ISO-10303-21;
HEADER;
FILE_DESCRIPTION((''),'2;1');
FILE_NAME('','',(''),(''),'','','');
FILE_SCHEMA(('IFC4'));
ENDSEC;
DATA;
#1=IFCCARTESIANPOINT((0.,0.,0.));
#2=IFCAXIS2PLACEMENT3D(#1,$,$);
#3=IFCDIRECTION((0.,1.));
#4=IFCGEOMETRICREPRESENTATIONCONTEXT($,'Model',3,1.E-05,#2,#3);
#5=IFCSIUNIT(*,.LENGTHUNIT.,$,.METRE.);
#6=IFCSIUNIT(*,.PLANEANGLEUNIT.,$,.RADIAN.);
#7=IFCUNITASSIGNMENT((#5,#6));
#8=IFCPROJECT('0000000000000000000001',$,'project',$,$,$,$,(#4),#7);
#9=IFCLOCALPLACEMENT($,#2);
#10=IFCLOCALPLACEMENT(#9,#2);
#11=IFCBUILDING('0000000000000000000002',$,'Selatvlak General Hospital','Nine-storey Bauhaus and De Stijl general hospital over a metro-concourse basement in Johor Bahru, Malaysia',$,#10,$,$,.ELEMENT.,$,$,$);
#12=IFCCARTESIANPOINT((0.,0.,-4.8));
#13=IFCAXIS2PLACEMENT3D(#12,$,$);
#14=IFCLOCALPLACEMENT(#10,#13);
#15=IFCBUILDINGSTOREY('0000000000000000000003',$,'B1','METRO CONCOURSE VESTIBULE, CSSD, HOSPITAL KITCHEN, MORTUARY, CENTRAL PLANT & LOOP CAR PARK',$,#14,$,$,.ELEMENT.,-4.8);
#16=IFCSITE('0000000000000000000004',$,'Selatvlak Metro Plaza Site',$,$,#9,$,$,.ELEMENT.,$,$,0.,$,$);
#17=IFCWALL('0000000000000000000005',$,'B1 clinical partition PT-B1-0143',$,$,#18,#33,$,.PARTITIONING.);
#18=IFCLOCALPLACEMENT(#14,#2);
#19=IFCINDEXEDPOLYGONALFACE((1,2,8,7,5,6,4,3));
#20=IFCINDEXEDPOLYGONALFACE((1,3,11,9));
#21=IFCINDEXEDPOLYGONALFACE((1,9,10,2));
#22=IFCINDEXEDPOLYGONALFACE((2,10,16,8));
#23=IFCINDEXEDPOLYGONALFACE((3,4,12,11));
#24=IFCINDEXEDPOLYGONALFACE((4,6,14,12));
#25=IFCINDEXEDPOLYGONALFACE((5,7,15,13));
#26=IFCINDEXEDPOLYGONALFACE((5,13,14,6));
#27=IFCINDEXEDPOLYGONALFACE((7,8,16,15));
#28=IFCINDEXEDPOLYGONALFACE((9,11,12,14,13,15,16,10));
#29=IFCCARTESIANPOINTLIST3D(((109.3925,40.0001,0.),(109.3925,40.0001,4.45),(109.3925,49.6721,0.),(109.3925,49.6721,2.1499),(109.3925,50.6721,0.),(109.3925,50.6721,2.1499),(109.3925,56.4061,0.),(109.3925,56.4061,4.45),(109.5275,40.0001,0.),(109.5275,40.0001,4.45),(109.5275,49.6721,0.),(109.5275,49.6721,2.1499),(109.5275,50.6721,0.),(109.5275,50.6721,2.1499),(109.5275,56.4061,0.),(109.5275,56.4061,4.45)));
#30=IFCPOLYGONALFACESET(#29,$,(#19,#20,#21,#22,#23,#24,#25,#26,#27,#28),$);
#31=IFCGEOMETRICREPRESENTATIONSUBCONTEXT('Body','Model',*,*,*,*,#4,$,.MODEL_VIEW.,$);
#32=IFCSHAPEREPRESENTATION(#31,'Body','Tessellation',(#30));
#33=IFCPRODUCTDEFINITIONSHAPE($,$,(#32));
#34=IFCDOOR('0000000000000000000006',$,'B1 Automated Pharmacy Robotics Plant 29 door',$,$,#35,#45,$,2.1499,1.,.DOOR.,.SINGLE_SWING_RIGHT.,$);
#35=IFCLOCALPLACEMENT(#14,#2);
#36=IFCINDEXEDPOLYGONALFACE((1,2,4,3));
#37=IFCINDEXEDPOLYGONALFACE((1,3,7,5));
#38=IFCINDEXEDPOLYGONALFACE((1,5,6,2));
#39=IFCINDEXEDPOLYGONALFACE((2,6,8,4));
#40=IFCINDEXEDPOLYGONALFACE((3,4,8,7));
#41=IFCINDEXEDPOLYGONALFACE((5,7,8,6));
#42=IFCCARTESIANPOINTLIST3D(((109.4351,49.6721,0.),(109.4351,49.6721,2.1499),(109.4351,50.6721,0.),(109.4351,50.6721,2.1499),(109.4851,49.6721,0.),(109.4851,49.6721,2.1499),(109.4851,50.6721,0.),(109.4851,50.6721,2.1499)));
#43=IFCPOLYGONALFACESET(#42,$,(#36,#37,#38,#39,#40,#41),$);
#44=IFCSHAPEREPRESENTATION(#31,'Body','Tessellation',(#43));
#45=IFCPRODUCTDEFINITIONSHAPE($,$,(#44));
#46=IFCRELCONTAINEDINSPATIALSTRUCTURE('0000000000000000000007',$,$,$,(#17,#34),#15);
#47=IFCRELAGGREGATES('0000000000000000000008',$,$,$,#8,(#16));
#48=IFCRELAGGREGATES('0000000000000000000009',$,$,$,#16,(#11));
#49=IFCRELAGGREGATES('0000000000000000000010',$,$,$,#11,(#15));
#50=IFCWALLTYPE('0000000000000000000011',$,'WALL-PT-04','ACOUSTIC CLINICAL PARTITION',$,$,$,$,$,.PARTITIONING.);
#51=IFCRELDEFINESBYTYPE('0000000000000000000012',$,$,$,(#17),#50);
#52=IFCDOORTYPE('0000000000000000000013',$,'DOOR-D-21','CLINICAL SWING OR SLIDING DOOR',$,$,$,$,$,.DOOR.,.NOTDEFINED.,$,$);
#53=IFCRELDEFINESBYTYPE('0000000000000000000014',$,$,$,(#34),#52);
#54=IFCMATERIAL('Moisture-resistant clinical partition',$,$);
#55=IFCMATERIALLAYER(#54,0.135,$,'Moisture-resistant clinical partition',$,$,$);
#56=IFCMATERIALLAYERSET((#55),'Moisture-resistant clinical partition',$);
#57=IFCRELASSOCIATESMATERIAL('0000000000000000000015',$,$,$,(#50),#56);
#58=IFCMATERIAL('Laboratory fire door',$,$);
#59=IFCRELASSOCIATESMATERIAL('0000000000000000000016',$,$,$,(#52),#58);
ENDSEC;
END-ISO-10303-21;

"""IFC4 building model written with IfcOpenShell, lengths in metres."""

from ifc_helpers import new_model, si_unit, direction, frame, frame_2d, origin, place, context, subcontext, project, spatial, rectangle, extrude, material, layer, layer_set, type_object, element, fill, save


model = new_model("IFC4")

# Units and contexts
model_context = context("Model", 3, precision=1e-05, world=origin(), true_north=direction((0.0, 1.0)))
body_context = subcontext(model_context, "Body", "Model", "MODEL_VIEW")
ifc_project = project(units=[si_unit("LENGTHUNIT", "METRE"), si_unit("PLANEANGLEUNIT", "RADIAN")], contexts=[model_context])

# Site, building, storey
site_placement = place(None, origin())
site = spatial("IfcSite", under=ifc_project, at=site_placement, Name="Selatvlak Metro Plaza Site", CompositionType="ELEMENT", RefElevation=0.0)
building_placement = place(site_placement, origin())
building = spatial("IfcBuilding", under=site, at=building_placement, Name="Selatvlak General Hospital", Description="Nine-storey Bauhaus and De Stijl general hospital over a metro-concourse basement in Johor Bahru, Malaysia", CompositionType="ELEMENT")
storey_placement = place(building_placement, frame((0.0, 0.0, -4.8)))
storey = spatial("IfcBuildingStorey", under=building, at=storey_placement, Name="B1", Description="METRO CONCOURSE VESTIBULE, CSSD, HOSPITAL KITCHEN, MORTUARY, CENTRAL PLANT & LOOP CAR PARK", CompositionType="ELEMENT", Elevation=-4.8)

# Wall, opening, door
ifc_material_1 = material(Name="Moisture-resistant clinical partition")
ifc_layer_1 = layer(ifc_material_1, 0.135, Name="Moisture-resistant clinical partition")
ifc_layer_set_1 = layer_set([ifc_layer_1], Name="Moisture-resistant clinical partition")
wall_type_1 = type_object("IfcWallType", Name="WALL-PT-04", Description="ACOUSTIC CLINICAL PARTITION", PredefinedType="PARTITIONING", material=ifc_layer_set_1)
wall_1_placement = place(storey_placement, frame((109.46, 40.0, 0.0), z_axis=(0.0, 0.0, 1.0), x_axis=(0.0, 1.0, 0.0)))
wall_1 = element("IfcWall", 1, at=wall_1_placement, inside=storey, type_object=wall_type_1, Name="B1 clinical partition PT-B1-0143", PredefinedType="PARTITIONING", context=body_context, shape_type="SweptSolid", body=[
    extrude(rectangle(XDim=16.406, YDim=0.135, at=frame_2d((8.2031, 0.0))), origin(), (0.0, 0.0, 1.0), 4.45),
])
opening_placement = place(wall_1_placement, frame((9.6721, 0.0, 0.0)))
opening = element("IfcOpeningElement", 2, at=opening_placement, cuts=wall_1, PredefinedType="OPENING", context=body_context, shape_type="SweptSolid", body=[
    extrude(rectangle(XDim=1.0, YDim=2.1499, at=frame_2d((0.5, 1.075))), frame((0.0, 0.0774, 0.0), z_axis=(0.0, -1.0, 0.0), x_axis=(1.0, 0.0, 0.0)), (0.0, 0.0, 1.0), 0.155),
])
ifc_material_2 = material(Name="Laboratory fire door")
door_type = type_object("IfcDoorType", Name="DOOR-D-21", Description="CLINICAL SWING OR SLIDING DOOR", OperationType="NOTDEFINED", PredefinedType="DOOR", material=ifc_material_2)
door_placement = place(opening_placement, origin())
door = element("IfcDoor", 3, at=door_placement, inside=storey, type_object=door_type, Name="B1 Automated Pharmacy Robotics Plant 29 door", OperationType="SINGLE_SWING_RIGHT", OverallHeight=2.1499, OverallWidth=1.0, PredefinedType="DOOR", context=body_context, shape_type="SweptSolid", body=[
    extrude(rectangle(XDim=1.0, YDim=2.1499, at=frame_2d((0.5, 1.075))), frame((0.0, 0.0249, 0.0), z_axis=(0.0, -1.0, 0.0), x_axis=(1.0, 0.0, 0.0)), (0.0, 0.0, 1.0), 0.05),
])
fill(opening, door)

save(model, "model.ifc")
